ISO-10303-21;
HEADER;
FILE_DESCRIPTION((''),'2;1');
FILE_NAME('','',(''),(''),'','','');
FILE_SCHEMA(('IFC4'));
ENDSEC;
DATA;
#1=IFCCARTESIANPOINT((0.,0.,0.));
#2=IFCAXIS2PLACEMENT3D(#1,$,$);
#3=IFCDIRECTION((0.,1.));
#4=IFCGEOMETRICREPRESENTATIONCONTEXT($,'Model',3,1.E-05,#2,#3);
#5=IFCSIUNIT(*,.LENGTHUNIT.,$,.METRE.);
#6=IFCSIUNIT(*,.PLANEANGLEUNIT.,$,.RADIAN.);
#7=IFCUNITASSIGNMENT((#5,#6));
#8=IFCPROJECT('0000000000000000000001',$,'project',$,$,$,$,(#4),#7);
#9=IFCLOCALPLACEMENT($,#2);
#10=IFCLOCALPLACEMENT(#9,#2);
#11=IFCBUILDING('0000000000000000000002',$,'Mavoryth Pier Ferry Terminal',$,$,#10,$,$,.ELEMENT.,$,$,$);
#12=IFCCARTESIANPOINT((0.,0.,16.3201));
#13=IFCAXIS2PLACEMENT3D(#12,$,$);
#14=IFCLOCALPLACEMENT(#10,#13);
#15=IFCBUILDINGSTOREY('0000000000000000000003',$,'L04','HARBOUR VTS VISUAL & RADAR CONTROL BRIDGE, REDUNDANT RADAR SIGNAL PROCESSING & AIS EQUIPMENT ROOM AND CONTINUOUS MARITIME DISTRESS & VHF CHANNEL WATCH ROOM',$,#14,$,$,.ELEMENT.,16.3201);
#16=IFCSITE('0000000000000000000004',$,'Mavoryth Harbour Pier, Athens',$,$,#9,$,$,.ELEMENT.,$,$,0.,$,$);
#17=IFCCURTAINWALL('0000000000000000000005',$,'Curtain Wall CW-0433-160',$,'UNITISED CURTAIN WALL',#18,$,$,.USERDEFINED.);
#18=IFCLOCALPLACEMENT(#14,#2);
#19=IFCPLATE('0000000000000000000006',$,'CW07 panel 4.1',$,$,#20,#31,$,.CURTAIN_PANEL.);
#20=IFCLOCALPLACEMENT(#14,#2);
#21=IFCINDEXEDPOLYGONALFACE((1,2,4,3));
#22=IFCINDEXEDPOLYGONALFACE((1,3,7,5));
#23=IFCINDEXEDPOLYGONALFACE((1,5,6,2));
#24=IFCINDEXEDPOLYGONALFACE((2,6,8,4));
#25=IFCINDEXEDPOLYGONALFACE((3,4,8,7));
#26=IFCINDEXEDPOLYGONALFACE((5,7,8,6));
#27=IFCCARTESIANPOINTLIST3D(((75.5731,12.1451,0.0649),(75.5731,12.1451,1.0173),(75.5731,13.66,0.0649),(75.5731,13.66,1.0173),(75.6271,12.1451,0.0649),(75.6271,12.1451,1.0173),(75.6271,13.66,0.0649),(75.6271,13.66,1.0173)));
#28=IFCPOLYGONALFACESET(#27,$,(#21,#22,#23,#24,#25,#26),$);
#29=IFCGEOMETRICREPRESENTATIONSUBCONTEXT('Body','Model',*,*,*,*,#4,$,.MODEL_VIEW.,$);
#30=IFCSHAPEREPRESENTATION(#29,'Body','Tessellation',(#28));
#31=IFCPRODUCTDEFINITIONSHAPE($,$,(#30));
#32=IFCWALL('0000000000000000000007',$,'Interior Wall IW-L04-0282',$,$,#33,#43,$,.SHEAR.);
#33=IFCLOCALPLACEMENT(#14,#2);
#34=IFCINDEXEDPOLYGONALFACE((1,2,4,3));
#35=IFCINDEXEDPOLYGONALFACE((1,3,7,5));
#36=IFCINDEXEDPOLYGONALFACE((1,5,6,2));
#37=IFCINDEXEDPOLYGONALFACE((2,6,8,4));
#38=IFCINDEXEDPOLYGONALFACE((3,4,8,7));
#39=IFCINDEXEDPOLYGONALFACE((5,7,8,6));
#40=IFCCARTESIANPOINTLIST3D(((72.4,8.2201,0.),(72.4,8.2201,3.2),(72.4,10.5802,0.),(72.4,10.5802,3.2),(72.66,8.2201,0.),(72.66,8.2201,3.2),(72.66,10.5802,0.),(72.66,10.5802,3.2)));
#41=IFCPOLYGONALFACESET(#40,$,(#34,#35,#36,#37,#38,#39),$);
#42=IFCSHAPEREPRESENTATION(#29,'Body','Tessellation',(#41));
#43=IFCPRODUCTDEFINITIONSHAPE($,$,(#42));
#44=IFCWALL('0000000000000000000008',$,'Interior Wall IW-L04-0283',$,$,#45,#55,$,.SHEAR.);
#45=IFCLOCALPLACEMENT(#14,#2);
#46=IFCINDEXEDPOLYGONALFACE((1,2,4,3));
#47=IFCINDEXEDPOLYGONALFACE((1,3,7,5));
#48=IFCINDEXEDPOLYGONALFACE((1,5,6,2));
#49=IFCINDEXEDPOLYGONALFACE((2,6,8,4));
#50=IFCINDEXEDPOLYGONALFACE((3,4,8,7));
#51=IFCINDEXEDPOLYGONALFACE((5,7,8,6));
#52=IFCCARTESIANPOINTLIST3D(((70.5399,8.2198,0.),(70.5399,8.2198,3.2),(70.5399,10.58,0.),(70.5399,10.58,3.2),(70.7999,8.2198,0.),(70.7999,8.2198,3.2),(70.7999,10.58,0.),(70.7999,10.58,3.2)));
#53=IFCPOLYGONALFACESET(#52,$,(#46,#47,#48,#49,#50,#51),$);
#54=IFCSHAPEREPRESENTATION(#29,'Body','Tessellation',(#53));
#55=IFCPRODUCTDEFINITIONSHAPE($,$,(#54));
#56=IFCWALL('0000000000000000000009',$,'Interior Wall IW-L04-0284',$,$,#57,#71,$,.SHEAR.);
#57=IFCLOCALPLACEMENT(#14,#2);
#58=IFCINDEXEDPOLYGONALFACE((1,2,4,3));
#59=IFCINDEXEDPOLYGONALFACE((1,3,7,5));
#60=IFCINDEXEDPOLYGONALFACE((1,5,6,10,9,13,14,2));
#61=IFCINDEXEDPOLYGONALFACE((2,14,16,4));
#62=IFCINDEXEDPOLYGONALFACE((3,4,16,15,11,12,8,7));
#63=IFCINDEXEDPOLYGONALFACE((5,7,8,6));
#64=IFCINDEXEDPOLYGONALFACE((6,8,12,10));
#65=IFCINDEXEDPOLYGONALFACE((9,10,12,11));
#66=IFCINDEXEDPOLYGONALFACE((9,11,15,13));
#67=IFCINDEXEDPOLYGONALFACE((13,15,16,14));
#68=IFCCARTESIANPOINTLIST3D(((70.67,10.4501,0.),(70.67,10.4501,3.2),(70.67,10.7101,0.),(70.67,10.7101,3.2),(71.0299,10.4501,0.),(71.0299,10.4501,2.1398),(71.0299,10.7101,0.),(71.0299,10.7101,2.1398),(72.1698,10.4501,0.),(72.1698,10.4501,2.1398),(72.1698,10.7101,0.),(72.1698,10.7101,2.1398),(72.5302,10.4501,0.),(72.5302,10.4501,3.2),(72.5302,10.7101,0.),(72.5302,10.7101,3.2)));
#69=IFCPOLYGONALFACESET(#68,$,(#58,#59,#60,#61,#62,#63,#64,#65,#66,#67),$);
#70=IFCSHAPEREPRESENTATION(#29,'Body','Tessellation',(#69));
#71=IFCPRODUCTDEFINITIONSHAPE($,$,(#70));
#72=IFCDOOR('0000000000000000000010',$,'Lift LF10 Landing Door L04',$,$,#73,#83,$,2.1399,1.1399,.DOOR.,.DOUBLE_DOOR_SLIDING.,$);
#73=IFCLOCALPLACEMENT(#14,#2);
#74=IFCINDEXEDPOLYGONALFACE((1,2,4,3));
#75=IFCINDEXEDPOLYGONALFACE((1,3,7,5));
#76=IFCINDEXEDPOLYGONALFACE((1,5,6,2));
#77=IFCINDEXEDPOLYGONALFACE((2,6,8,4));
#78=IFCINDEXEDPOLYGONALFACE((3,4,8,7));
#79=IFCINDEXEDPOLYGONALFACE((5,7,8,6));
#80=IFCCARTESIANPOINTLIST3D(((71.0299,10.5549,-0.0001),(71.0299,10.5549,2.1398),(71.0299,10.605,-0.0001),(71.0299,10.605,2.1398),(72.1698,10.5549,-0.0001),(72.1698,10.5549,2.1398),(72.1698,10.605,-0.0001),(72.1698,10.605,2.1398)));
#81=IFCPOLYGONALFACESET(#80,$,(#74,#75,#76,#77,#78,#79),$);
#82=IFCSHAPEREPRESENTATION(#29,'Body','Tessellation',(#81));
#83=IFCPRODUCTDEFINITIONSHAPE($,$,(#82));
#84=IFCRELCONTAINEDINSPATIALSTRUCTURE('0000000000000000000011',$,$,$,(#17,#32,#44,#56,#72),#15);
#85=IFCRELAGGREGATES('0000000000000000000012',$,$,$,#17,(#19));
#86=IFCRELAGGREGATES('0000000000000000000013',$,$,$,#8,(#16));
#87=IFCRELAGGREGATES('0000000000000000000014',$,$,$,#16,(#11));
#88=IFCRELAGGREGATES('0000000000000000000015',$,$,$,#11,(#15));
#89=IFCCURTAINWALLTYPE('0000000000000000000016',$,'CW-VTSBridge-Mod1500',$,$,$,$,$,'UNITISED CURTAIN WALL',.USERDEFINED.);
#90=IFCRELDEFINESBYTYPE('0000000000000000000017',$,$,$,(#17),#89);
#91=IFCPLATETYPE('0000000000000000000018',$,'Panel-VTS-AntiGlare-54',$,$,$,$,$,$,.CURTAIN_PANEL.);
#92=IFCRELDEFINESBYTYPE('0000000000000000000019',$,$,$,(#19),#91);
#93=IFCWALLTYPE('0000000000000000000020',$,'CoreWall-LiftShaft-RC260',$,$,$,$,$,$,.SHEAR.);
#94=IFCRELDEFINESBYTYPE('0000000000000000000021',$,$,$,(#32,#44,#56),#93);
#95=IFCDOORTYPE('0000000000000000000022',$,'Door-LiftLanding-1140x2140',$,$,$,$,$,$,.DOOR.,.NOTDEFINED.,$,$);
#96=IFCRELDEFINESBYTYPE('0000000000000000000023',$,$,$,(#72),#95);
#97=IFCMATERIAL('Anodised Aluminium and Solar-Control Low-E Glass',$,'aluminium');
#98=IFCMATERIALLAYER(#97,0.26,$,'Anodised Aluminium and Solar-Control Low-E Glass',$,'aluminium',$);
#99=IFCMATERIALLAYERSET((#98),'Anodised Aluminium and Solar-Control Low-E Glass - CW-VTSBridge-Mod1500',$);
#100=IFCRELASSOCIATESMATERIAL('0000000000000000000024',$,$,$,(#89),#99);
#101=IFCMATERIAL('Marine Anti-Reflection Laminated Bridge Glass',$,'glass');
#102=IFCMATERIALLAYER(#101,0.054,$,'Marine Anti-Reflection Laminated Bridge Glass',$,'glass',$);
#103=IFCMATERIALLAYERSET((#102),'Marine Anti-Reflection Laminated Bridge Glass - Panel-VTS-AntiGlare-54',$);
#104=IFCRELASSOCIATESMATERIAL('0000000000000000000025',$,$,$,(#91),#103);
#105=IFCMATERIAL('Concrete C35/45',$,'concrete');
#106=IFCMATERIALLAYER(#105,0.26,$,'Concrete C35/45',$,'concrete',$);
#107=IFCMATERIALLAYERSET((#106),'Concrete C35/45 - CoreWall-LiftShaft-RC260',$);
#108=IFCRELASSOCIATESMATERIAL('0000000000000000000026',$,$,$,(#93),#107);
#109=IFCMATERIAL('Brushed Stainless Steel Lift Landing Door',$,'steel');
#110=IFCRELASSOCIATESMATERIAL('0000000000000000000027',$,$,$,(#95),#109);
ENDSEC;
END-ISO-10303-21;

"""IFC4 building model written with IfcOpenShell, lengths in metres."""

from ifc_helpers import new_model, si_unit, direction, frame, frame_2d, origin, origin_2d, place, context, subcontext, project, spatial, rectangle, extrude, material, layer, layer_set, type_object, element, fill, aggregate, save


model = new_model("IFC4")

# Units and contexts
model_context = context("Model", 3, precision=1e-05, world=origin(), true_north=direction((0.0, 1.0)))
body_context = subcontext(model_context, "Body", "Model", "MODEL_VIEW")
ifc_project = project(units=[si_unit("LENGTHUNIT", "METRE"), si_unit("PLANEANGLEUNIT", "RADIAN")], contexts=[model_context])

# Site, building, storey
site_placement = place(None, origin())
site = spatial("IfcSite", under=ifc_project, at=site_placement, Name="Mavoryth Harbour Pier, Athens", CompositionType="ELEMENT", RefElevation=0.0)
building_placement = place(site_placement, origin())
building = spatial("IfcBuilding", under=site, at=building_placement, Name="Mavoryth Pier Ferry Terminal", CompositionType="ELEMENT")
storey_placement = place(building_placement, frame((0.0, 0.0, 16.3201)))
storey = spatial("IfcBuildingStorey", under=building, at=storey_placement, Name="L04", Description="HARBOUR VTS VISUAL & RADAR CONTROL BRIDGE, REDUNDANT RADAR SIGNAL PROCESSING & AIS EQUIPMENT ROOM AND CONTINUOUS MARITIME DISTRESS & VHF CHANNEL WATCH ROOM", CompositionType="ELEMENT", Elevation=16.3201)

# Shared definitions
ifc_material_1 = material(Name="Concrete C35/45", Category="concrete")

# Curtain wall, plate
ifc_material_2 = material(Name="Anodised Aluminium and Solar-Control Low-E Glass", Category="aluminium")
ifc_layer_1 = layer(ifc_material_2, 0.26, Name="Anodised Aluminium and Solar-Control Low-E Glass", Category="aluminium")
ifc_layer_set_1 = layer_set([ifc_layer_1], Name="Anodised Aluminium and Solar-Control Low-E Glass - CW-VTSBridge-Mod1500")
curtain_wall_type = type_object("IfcCurtainWallType", Name="CW-VTSBridge-Mod1500", ElementType="UNITISED CURTAIN WALL", PredefinedType="USERDEFINED", material=ifc_layer_set_1)
curtain_wall_placement = place(storey_placement, origin())
curtain_wall = element("IfcCurtainWall", 1, at=curtain_wall_placement, inside=storey, type_object=curtain_wall_type, Name="Curtain Wall CW-0433-160", ObjectType="UNITISED CURTAIN WALL", PredefinedType="USERDEFINED")
ifc_material_3 = material(Name="Marine Anti-Reflection Laminated Bridge Glass", Category="glass")
ifc_layer_2 = layer(ifc_material_3, 0.054, Name="Marine Anti-Reflection Laminated Bridge Glass", Category="glass")
ifc_layer_set_2 = layer_set([ifc_layer_2], Name="Marine Anti-Reflection Laminated Bridge Glass - Panel-VTS-AntiGlare-54")
plate_type = type_object("IfcPlateType", Name="Panel-VTS-AntiGlare-54", PredefinedType="CURTAIN_PANEL", material=ifc_layer_set_2)
plate_1_placement = place(storey_placement, frame((75.6001, 12.9026, 0.0649), z_axis=(0.0, 0.0, 1.0), x_axis=(0.0, 1.0, 0.0)))
plate_1 = element("IfcPlate", 2, at=plate_1_placement, type_object=plate_type, Name="CW07 panel 4.1", PredefinedType="CURTAIN_PANEL", context=body_context, shape_type="SweptSolid", body=[
    extrude(rectangle(XDim=1.5149, YDim=0.054, at=origin_2d()), origin(), (0.0, 0.0, 1.0), 0.9524),
])
aggregate(curtain_wall, [plate_1])

# Walls
ifc_layer_3 = layer(ifc_material_1, 0.26, Name="Concrete C35/45", Category="concrete")
ifc_layer_set_3 = layer_set([ifc_layer_3], Name="Concrete C35/45 - CoreWall-LiftShaft-RC260")
wall_type = type_object("IfcWallType", Name="CoreWall-LiftShaft-RC260", PredefinedType="SHEAR", material=ifc_layer_set_3)
for number, where, z_axis, x_axis, name in (
    (3, (72.53, 8.22, 0.0), (0.0, 0.0, 1.0), (0.0, 1.0, 0.0), "Interior Wall IW-L04-0282"),
    (4, (70.6699, 10.5801, 0.0), (0.0, 0.0, 1.0), (0.0, -1.0, 0.0), "Interior Wall IW-L04-0283"),
):
    element("IfcWall", number, at=place(storey_placement, frame(where, z_axis=z_axis, x_axis=x_axis)), inside=storey, type_object=wall_type, Name=name, PredefinedType="SHEAR", context=body_context, shape_type="SweptSolid", body=[
        extrude(rectangle(XDim=2.3601, YDim=0.26, at=frame_2d((1.1802, 0.0))), origin(), (0.0, 0.0, 1.0), 3.2),
    ])

# Wall, opening, door
wall_placement = place(storey_placement, frame((70.6699, 10.5801, 0.0), z_axis=(0.0, 0.0, 1.0), x_axis=(1.0, 0.0, 0.0)))
wall = element("IfcWall", 5, at=wall_placement, inside=storey, type_object=wall_type, Name="Interior Wall IW-L04-0284", PredefinedType="SHEAR", context=body_context, shape_type="SweptSolid", body=[
    extrude(rectangle(XDim=1.8601, YDim=0.26, at=frame_2d((0.9302, 0.0))), origin(), (0.0, 0.0, 1.0), 3.2),
])
opening_placement = place(wall_placement, frame((0.3601, 0.0, 0.0)))
opening = element("IfcOpeningElement", 6, at=opening_placement, cuts=wall, PredefinedType="OPENING", context=body_context, shape_type="SweptSolid", body=[
    extrude(rectangle(XDim=1.1399, YDim=2.1399, at=frame_2d((0.5698, 1.0698))), frame((0.0, 0.1399, 0.0), z_axis=(0.0, -1.0, 0.0), x_axis=(1.0, 0.0, 0.0)), (0.0, 0.0, 1.0), 0.28),
])
ifc_material_4 = material(Name="Brushed Stainless Steel Lift Landing Door", Category="steel")
door_type = type_object("IfcDoorType", Name="Door-LiftLanding-1140x2140", OperationType="NOTDEFINED", PredefinedType="DOOR", material=ifc_material_4)
door_placement = place(opening_placement, origin())
door = element("IfcDoor", 7, at=door_placement, inside=storey, type_object=door_type, Name="Lift LF10 Landing Door L04", OperationType="DOUBLE_DOOR_SLIDING", OverallHeight=2.1399, OverallWidth=1.1399, PredefinedType="DOOR", context=body_context, shape_type="SweptSolid", body=[
    extrude(rectangle(XDim=1.1399, YDim=2.1399, at=frame_2d((0.5698, 1.0698))), frame((0.0, 0.0249, 0.0), z_axis=(0.0, -1.0, 0.0), x_axis=(1.0, 0.0, 0.0)), (0.0, 0.0, 1.0), 0.05),
])
fill(opening, door)

save(model, "model.ifc")
